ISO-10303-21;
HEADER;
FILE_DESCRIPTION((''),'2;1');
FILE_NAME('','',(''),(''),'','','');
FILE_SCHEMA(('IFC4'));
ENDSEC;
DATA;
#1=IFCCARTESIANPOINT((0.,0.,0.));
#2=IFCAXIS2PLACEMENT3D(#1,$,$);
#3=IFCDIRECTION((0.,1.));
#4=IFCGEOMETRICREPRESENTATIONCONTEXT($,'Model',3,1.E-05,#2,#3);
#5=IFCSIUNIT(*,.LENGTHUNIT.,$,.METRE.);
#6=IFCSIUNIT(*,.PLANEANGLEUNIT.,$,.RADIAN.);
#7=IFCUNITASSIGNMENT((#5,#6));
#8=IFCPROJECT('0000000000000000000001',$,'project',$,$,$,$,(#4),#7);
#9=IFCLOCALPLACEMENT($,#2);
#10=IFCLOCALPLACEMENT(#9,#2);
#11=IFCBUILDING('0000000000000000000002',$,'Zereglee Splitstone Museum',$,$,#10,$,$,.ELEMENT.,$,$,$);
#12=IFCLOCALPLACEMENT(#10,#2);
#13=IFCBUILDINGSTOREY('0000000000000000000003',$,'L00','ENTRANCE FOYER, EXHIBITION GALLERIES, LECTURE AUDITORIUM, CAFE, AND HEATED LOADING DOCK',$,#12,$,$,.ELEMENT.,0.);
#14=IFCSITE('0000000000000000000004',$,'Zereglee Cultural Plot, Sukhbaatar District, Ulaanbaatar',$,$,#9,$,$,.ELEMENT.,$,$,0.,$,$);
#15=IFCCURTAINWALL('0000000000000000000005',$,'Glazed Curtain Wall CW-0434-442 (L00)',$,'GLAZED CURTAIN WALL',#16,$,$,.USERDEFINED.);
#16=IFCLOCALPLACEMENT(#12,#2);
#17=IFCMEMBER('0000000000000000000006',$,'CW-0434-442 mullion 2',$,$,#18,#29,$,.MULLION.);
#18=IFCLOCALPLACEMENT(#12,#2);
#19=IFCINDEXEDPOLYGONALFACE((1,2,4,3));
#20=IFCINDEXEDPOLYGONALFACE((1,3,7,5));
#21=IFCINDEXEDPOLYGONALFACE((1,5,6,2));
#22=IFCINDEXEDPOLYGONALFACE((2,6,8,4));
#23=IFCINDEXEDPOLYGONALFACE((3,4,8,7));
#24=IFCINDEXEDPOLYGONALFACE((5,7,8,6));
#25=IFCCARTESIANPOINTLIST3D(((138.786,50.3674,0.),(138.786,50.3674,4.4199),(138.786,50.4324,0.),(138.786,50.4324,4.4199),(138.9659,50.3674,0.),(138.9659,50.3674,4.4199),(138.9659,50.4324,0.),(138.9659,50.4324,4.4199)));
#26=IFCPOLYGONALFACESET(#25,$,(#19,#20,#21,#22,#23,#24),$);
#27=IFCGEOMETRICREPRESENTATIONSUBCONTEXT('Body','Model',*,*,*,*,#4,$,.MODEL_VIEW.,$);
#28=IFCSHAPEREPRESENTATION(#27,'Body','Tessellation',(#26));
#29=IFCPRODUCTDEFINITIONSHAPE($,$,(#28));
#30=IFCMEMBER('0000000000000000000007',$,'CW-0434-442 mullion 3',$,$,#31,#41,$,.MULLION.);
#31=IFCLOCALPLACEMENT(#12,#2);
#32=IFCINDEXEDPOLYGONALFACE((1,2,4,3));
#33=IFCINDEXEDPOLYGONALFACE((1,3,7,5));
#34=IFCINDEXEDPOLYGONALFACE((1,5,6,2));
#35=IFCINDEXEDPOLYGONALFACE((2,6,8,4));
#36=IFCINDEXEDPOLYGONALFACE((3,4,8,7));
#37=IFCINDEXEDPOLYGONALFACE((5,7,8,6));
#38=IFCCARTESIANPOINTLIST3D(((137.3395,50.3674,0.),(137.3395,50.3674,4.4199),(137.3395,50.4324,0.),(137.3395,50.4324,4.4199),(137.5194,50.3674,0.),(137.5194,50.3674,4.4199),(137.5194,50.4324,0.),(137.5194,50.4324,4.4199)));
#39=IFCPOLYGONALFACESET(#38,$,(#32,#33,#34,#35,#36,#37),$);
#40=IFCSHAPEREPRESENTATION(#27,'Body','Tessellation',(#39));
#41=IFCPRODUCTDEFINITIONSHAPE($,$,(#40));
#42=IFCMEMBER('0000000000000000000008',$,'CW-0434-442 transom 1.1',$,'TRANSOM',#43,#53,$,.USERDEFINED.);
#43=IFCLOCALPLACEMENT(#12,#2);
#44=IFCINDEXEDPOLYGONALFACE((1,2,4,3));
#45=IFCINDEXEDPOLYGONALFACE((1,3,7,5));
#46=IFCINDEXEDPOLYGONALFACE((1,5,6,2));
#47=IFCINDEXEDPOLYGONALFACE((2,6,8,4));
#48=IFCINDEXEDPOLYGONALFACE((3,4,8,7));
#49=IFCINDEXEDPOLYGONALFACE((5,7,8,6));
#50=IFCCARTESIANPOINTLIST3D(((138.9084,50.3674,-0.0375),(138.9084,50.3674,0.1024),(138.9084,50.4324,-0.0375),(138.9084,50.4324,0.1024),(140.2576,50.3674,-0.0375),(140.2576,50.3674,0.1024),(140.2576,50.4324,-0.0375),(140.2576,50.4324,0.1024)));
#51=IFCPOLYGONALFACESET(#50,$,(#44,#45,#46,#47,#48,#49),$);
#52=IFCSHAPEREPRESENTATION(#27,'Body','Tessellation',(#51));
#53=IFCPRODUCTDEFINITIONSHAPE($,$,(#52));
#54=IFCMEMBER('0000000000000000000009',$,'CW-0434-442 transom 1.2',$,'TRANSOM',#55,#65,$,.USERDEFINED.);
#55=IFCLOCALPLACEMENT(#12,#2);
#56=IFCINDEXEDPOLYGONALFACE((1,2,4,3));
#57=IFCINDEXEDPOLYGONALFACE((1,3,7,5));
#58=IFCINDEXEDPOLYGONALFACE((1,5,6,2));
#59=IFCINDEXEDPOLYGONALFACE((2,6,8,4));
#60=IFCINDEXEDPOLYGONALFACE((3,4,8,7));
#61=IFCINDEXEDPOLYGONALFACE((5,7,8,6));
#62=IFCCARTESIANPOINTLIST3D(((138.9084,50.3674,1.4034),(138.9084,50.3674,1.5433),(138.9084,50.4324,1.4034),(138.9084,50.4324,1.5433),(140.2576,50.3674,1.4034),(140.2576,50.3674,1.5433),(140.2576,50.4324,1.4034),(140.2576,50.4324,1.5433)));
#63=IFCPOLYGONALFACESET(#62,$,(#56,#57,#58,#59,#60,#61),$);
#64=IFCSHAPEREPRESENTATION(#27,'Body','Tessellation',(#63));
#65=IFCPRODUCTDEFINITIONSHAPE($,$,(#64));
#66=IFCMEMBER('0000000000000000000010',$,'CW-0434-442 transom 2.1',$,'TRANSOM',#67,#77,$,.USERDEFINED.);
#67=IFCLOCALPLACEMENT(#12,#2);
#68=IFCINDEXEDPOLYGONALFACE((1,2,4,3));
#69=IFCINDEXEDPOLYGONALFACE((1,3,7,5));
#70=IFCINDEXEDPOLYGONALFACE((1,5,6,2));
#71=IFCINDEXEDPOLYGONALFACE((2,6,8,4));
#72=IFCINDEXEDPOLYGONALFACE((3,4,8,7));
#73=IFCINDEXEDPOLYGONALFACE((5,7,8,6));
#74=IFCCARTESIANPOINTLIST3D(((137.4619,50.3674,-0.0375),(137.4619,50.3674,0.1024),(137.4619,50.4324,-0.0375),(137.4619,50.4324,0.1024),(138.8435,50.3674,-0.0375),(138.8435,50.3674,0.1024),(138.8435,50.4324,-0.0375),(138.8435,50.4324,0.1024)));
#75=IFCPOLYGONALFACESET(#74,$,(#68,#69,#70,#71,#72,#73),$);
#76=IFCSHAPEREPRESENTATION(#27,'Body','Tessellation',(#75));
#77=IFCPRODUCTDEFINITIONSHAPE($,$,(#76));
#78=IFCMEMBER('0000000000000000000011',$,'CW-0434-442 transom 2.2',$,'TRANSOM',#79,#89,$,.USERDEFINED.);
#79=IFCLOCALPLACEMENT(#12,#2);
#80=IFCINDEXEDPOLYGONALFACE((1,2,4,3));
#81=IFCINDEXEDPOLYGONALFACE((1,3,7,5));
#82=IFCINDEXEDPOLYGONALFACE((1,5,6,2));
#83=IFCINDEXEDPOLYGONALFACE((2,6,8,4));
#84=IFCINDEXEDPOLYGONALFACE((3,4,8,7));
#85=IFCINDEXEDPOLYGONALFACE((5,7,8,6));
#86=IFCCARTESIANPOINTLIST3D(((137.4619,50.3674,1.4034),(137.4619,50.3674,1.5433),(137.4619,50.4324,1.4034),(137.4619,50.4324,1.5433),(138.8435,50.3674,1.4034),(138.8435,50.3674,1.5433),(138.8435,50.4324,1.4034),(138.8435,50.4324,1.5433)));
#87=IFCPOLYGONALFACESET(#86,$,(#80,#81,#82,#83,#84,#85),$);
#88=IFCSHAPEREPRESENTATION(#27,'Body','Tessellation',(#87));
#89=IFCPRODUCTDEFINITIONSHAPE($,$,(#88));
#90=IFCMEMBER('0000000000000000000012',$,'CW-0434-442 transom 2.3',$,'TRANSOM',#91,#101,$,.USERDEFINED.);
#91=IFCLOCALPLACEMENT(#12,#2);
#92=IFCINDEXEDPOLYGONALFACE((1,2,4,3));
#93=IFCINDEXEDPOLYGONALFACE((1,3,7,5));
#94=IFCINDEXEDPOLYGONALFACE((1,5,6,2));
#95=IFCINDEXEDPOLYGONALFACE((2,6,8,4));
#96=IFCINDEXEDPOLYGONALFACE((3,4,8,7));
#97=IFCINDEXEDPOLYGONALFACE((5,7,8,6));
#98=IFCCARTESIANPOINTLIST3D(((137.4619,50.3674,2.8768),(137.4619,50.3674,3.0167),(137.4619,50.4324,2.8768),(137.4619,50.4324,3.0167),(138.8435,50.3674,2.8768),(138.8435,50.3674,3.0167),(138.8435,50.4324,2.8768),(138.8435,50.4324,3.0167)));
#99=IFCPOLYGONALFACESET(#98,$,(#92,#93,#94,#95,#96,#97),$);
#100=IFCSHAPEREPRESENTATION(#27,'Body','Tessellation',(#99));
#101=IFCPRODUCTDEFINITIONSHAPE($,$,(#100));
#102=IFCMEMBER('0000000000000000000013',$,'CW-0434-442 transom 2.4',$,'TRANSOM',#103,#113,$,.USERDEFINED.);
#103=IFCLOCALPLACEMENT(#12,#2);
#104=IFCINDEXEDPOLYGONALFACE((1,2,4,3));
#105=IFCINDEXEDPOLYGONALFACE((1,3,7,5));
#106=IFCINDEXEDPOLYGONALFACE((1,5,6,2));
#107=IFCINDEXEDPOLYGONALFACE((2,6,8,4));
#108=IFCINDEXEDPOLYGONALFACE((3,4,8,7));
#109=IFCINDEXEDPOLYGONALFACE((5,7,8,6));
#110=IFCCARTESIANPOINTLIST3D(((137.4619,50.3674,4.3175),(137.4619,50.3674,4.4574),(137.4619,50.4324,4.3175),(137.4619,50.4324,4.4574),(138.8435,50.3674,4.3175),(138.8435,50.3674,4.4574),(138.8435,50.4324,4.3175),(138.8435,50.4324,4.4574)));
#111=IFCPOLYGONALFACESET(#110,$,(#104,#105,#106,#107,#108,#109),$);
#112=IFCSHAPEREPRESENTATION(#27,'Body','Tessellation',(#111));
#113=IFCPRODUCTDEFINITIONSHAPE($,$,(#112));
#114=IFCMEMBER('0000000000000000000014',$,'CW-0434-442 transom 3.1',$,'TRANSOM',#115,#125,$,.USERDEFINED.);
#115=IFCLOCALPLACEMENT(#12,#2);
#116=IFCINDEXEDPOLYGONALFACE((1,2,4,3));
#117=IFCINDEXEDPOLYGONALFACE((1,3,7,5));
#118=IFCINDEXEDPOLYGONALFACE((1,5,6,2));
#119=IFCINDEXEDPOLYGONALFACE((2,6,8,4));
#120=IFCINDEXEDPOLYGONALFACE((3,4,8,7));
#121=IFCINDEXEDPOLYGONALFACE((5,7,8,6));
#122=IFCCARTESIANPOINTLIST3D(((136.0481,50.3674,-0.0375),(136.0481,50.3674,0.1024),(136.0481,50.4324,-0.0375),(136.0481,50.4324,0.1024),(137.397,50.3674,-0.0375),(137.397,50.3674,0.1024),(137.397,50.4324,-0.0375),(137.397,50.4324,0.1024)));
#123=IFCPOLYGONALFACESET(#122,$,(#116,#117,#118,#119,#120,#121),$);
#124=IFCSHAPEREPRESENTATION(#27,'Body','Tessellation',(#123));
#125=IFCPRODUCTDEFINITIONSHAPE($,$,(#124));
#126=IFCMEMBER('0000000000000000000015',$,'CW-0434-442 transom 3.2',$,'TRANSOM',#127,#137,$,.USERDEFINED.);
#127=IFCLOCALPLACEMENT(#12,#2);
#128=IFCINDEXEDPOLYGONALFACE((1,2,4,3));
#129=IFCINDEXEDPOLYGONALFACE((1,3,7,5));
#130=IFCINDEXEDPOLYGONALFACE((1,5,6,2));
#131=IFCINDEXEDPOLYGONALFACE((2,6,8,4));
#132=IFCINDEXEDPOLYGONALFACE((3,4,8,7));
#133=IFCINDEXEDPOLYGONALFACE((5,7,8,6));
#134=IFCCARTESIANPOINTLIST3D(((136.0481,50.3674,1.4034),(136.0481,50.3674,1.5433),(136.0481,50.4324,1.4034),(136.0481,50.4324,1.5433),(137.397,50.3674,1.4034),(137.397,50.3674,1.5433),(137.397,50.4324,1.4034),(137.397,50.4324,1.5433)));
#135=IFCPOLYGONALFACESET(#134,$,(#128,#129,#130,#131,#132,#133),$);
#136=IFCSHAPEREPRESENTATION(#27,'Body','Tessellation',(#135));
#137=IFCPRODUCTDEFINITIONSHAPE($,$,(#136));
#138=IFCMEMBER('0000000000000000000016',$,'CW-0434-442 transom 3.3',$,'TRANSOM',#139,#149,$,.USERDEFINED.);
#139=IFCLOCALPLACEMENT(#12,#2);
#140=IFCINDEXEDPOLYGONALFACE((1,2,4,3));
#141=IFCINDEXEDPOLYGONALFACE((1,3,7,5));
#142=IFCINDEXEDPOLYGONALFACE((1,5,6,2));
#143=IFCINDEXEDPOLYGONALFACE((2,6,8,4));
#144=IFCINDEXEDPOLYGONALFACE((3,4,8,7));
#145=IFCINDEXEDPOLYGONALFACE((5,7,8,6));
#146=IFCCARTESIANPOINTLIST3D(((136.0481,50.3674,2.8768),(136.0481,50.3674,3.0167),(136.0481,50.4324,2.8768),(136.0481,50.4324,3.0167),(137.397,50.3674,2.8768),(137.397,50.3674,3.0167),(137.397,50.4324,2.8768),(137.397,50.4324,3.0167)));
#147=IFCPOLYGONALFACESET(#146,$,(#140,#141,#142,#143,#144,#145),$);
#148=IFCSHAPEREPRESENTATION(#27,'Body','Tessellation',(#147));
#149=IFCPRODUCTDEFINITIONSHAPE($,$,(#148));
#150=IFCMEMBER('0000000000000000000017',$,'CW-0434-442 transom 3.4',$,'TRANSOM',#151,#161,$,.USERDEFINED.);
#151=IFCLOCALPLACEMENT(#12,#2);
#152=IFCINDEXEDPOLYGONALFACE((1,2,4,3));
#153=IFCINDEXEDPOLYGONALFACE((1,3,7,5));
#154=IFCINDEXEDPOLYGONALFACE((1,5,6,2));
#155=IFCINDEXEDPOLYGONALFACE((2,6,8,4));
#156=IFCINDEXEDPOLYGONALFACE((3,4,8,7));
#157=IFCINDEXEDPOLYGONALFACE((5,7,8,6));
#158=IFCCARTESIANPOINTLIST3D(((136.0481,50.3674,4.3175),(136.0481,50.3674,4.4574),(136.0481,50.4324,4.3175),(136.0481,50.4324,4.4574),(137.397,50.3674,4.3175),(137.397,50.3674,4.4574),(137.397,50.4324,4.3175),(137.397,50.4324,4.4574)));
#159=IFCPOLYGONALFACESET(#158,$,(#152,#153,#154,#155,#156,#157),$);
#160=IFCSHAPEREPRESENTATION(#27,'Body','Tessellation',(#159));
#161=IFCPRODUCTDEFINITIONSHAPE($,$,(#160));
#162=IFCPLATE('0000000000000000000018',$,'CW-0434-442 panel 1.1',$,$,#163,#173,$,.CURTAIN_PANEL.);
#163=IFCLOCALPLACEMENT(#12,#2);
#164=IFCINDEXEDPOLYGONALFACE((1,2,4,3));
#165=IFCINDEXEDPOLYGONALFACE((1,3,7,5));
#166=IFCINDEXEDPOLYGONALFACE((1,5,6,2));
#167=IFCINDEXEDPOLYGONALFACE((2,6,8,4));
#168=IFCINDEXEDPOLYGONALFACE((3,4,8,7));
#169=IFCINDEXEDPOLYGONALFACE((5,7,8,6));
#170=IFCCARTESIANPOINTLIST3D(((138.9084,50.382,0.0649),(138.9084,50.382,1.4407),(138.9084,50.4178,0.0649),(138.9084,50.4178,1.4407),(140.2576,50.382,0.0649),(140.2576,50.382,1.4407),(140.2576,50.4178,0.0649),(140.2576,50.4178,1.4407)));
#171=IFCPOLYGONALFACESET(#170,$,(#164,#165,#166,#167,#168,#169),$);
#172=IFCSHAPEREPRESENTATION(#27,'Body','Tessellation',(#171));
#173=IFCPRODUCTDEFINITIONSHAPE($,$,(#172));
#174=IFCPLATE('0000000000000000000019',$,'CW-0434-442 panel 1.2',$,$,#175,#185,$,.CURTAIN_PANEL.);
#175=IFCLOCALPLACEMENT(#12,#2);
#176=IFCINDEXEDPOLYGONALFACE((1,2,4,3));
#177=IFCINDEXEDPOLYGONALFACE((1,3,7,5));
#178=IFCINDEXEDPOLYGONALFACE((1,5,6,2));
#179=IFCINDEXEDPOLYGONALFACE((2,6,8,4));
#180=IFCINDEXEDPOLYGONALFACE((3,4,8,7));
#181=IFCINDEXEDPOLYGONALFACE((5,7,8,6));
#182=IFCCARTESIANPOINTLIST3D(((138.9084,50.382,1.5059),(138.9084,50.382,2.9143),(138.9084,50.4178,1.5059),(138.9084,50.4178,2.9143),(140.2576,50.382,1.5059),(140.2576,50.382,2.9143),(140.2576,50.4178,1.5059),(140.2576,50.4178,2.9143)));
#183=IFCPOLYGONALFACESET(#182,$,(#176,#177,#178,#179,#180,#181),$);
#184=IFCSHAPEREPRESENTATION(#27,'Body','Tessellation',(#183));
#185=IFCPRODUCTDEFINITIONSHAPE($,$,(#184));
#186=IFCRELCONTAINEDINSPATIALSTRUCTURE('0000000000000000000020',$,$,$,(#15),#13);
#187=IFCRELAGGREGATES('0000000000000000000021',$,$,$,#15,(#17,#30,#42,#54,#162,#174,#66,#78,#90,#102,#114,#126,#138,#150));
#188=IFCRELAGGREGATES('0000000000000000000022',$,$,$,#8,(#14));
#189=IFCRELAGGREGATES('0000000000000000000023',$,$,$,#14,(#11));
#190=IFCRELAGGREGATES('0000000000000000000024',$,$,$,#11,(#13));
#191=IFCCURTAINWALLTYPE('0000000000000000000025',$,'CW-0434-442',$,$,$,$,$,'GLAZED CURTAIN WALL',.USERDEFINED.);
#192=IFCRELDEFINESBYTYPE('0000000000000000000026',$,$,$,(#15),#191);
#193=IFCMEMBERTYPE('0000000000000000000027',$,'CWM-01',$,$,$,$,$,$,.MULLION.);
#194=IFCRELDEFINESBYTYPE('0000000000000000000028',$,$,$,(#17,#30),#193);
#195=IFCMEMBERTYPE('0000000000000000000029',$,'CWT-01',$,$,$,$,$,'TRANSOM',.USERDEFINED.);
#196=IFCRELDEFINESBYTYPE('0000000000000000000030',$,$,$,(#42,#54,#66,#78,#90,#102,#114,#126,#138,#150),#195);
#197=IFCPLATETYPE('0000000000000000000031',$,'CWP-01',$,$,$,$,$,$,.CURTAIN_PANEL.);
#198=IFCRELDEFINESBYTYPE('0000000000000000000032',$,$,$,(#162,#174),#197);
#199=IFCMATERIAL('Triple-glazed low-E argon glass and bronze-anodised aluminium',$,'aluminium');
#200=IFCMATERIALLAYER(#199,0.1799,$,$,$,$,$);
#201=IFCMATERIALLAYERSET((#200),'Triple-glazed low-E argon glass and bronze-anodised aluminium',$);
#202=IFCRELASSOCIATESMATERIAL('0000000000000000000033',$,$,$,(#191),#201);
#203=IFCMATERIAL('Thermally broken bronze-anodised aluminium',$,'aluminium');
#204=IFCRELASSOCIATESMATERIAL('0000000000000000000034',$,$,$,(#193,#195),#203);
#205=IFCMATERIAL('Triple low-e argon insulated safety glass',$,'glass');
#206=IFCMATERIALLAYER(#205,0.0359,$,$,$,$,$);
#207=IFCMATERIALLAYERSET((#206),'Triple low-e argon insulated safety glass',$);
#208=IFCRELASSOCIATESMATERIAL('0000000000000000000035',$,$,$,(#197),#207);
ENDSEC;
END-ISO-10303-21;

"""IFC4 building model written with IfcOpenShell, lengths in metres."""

from ifc_helpers import new_model, si_unit, direction, frame, origin, origin_2d, place, context, subcontext, project, spatial, rectangle, extrude, material, layer, layer_set, material_profile, profile_set, type_object, element, aggregate, save


model = new_model("IFC4")

# Units and contexts
model_context = context("Model", 3, precision=1e-05, world=origin(), true_north=direction((0.0, 1.0)))
body_context = subcontext(model_context, "Body", "Model", "MODEL_VIEW")
ifc_project = project(units=[si_unit("LENGTHUNIT", "METRE"), si_unit("PLANEANGLEUNIT", "RADIAN")], contexts=[model_context])

# Site, building, storey
site_placement = place(None, origin())
site = spatial("IfcSite", under=ifc_project, at=site_placement, Name="Zereglee Cultural Plot, Sukhbaatar District, Ulaanbaatar", CompositionType="ELEMENT", RefElevation=0.0)
building_placement = place(site_placement, origin())
building = spatial("IfcBuilding", under=site, at=building_placement, Name="Zereglee Splitstone Museum", CompositionType="ELEMENT")
storey_placement = place(building_placement, origin())
storey = spatial("IfcBuildingStorey", under=building, at=storey_placement, Name="L00", Description="ENTRANCE FOYER, EXHIBITION GALLERIES, LECTURE AUDITORIUM, CAFE, AND HEATED LOADING DOCK", CompositionType="ELEMENT", Elevation=0.0)

# Curtain wall, members, plates
ifc_material_1 = material(Name="Triple-glazed low-E argon glass and bronze-anodised aluminium", Category="aluminium")
ifc_layer_1 = layer(ifc_material_1, 0.1799)
ifc_layer_set_1 = layer_set([ifc_layer_1], Name="Triple-glazed low-E argon glass and bronze-anodised aluminium")
curtain_wall_type = type_object("IfcCurtainWallType", Name="CW-0434-442", ElementType="GLAZED CURTAIN WALL", PredefinedType="USERDEFINED", material=ifc_layer_set_1)
curtain_wall_placement = place(storey_placement, origin())
curtain_wall = element("IfcCurtainWall", 1, at=curtain_wall_placement, inside=storey, type_object=curtain_wall_type, Name="Glazed Curtain Wall CW-0434-442 (L00)", ObjectType="GLAZED CURTAIN WALL", PredefinedType="USERDEFINED")
ifc_material_2 = material(Name="Thermally broken bronze-anodised aluminium", Category="aluminium")
ifc_material_profile_1 = material_profile(ifc_material_2, rectangle(XDim=0.0649, YDim=0.1799, at=origin_2d()), Name="CW MULL 65x180")
ifc_profile_set_1 = profile_set([ifc_material_profile_1], Name="Thermally broken bronze-anodised aluminium")
member_type_1 = type_object("IfcMemberType", Name="CWM-01", PredefinedType="MULLION", material=ifc_profile_set_1)
member_1_placement = place(storey_placement, frame((138.876, 50.3999, 0.0), z_axis=(0.0, 0.0, 1.0), x_axis=(0.0, -1.0, 0.0)))
member_1 = element("IfcMember", 2, at=member_1_placement, type_object=member_type_1, Name="CW-0434-442 mullion 2", PredefinedType="MULLION", context=body_context, shape_type="SweptSolid", body=[
    extrude(rectangle(XDim=0.0649, YDim=0.1799, at=origin_2d()), origin(), (0.0, 0.0, 1.0), 4.4199),
])
member_2_placement = place(storey_placement, frame((137.4294, 50.3999, 0.0), z_axis=(0.0, 0.0, 1.0), x_axis=(0.0, -1.0, 0.0)))
member_2 = element("IfcMember", 3, at=member_2_placement, type_object=member_type_1, Name="CW-0434-442 mullion 3", PredefinedType="MULLION", context=body_context, shape_type="SweptSolid", body=[
    extrude(rectangle(XDim=0.0649, YDim=0.1799, at=origin_2d()), origin(), (0.0, 0.0, 1.0), 4.4199),
])
ifc_material_profile_2 = material_profile(ifc_material_2, rectangle(XDim=0.0649, YDim=0.1399, at=origin_2d()), Name="CW TRAN 65x140")
ifc_profile_set_2 = profile_set([ifc_material_profile_2], Name="Thermally broken bronze-anodised aluminium")
member_type_2 = type_object("IfcMemberType", Name="CWT-01", ElementType="TRANSOM", PredefinedType="USERDEFINED", material=ifc_profile_set_2)
member_3_placement = place(storey_placement, frame((140.2576, 50.3999, 0.0325), z_axis=(-1.0, 0.0, 0.0), x_axis=(0.0, -1.0, 0.0)))
member_3 = element("IfcMember", 4, at=member_3_placement, type_object=member_type_2, Name="CW-0434-442 transom 1.1", ObjectType="TRANSOM", PredefinedType="USERDEFINED", context=body_context, shape_type="SweptSolid", body=[
    extrude(rectangle(XDim=0.0649, YDim=0.1399, at=origin_2d()), origin(), (0.0, 0.0, 1.0), 1.3491),
])
member_4_placement = place(storey_placement, frame((140.2576, 50.3999, 1.4734), z_axis=(-1.0, 0.0, 0.0), x_axis=(0.0, -1.0, 0.0)))
member_4 = element("IfcMember", 5, at=member_4_placement, type_object=member_type_2, Name="CW-0434-442 transom 1.2", ObjectType="TRANSOM", PredefinedType="USERDEFINED", context=body_context, shape_type="SweptSolid", body=[
    extrude(rectangle(XDim=0.0649, YDim=0.1399, at=origin_2d()), origin(), (0.0, 0.0, 1.0), 1.3491),
])
member_5_placement = place(storey_placement, frame((138.8435, 50.3999, 0.0325), z_axis=(-1.0, 0.0, 0.0), x_axis=(0.0, -1.0, 0.0)))
member_5 = element("IfcMember", 6, at=member_5_placement, type_object=member_type_2, Name="CW-0434-442 transom 2.1", ObjectType="TRANSOM", PredefinedType="USERDEFINED", context=body_context, shape_type="SweptSolid", body=[
    extrude(rectangle(XDim=0.0649, YDim=0.1399, at=origin_2d()), origin(), (0.0, 0.0, 1.0), 1.3816),
])
member_6_placement = place(storey_placement, frame((138.8435, 50.3999, 1.4734), z_axis=(-1.0, 0.0, 0.0), x_axis=(0.0, -1.0, 0.0)))
member_6 = element("IfcMember", 7, at=member_6_placement, type_object=member_type_2, Name="CW-0434-442 transom 2.2", ObjectType="TRANSOM", PredefinedType="USERDEFINED", context=body_context, shape_type="SweptSolid", body=[
    extrude(rectangle(XDim=0.0649, YDim=0.1399, at=origin_2d()), origin(), (0.0, 0.0, 1.0), 1.3816),
])
member_7_placement = place(storey_placement, frame((138.8435, 50.3999, 2.9468), z_axis=(-1.0, 0.0, 0.0), x_axis=(0.0, -1.0, 0.0)))
member_7 = element("IfcMember", 8, at=member_7_placement, type_object=member_type_2, Name="CW-0434-442 transom 2.3", ObjectType="TRANSOM", PredefinedType="USERDEFINED", context=body_context, shape_type="SweptSolid", body=[
    extrude(rectangle(XDim=0.0649, YDim=0.1399, at=origin_2d()), origin(), (0.0, 0.0, 1.0), 1.3816),
])
member_8_placement = place(storey_placement, frame((138.8435, 50.3999, 4.3875), z_axis=(-1.0, 0.0, 0.0), x_axis=(0.0, -1.0, 0.0)))
member_8 = element("IfcMember", 9, at=member_8_placement, type_object=member_type_2, Name="CW-0434-442 transom 2.4", ObjectType="TRANSOM", PredefinedType="USERDEFINED", context=body_context, shape_type="SweptSolid", body=[
    extrude(rectangle(XDim=0.0649, YDim=0.1399, at=origin_2d()), origin(), (0.0, 0.0, 1.0), 1.3816),
])
member_9_placement = place(storey_placement, frame((137.397, 50.3999, 0.0325), z_axis=(-1.0, 0.0, 0.0), x_axis=(0.0, -1.0, 0.0)))
member_9 = element("IfcMember", 10, at=member_9_placement, type_object=member_type_2, Name="CW-0434-442 transom 3.1", ObjectType="TRANSOM", PredefinedType="USERDEFINED", context=body_context, shape_type="SweptSolid", body=[
    extrude(rectangle(XDim=0.0649, YDim=0.1399, at=origin_2d()), origin(), (0.0, 0.0, 1.0), 1.3489),
])
member_10_placement = place(storey_placement, frame((137.397, 50.3999, 1.4734), z_axis=(-1.0, 0.0, 0.0), x_axis=(0.0, -1.0, 0.0)))
member_10 = element("IfcMember", 11, at=member_10_placement, type_object=member_type_2, Name="CW-0434-442 transom 3.2", ObjectType="TRANSOM", PredefinedType="USERDEFINED", context=body_context, shape_type="SweptSolid", body=[
    extrude(rectangle(XDim=0.0649, YDim=0.1399, at=origin_2d()), origin(), (0.0, 0.0, 1.0), 1.3489),
])
member_11_placement = place(storey_placement, frame((137.397, 50.3999, 2.9468), z_axis=(-1.0, 0.0, 0.0), x_axis=(0.0, -1.0, 0.0)))
member_11 = element("IfcMember", 12, at=member_11_placement, type_object=member_type_2, Name="CW-0434-442 transom 3.3", ObjectType="TRANSOM", PredefinedType="USERDEFINED", context=body_context, shape_type="SweptSolid", body=[
    extrude(rectangle(XDim=0.0649, YDim=0.1399, at=origin_2d()), origin(), (0.0, 0.0, 1.0), 1.3489),
])
member_12_placement = place(storey_placement, frame((137.397, 50.3999, 4.3875), z_axis=(-1.0, 0.0, 0.0), x_axis=(0.0, -1.0, 0.0)))
member_12 = element("IfcMember", 13, at=member_12_placement, type_object=member_type_2, Name="CW-0434-442 transom 3.4", ObjectType="TRANSOM", PredefinedType="USERDEFINED", context=body_context, shape_type="SweptSolid", body=[
    extrude(rectangle(XDim=0.0649, YDim=0.1399, at=origin_2d()), origin(), (0.0, 0.0, 1.0), 1.3489),
])
ifc_material_3 = material(Name="Triple low-e argon insulated safety glass", Category="glass")
ifc_layer_2 = layer(ifc_material_3, 0.0359)
ifc_layer_set_2 = layer_set([ifc_layer_2], Name="Triple low-e argon insulated safety glass")
plate_type = type_object("IfcPlateType", Name="CWP-01", PredefinedType="CURTAIN_PANEL", material=ifc_layer_set_2)
plate_1_placement = place(storey_placement, frame((139.583, 50.3999, 0.0649), z_axis=(0.0, 0.0, 1.0), x_axis=(-1.0, 0.0, 0.0)))
plate_1 = element("IfcPlate", 14, at=plate_1_placement, type_object=plate_type, Name="CW-0434-442 panel 1.1", PredefinedType="CURTAIN_PANEL", context=body_context, shape_type="SweptSolid", body=[
    extrude(rectangle(XDim=1.3491, YDim=0.0359, at=origin_2d()), origin(), (0.0, 0.0, 1.0), 1.3757),
])
plate_2_placement = place(storey_placement, frame((139.583, 50.3999, 1.5059), z_axis=(0.0, 0.0, 1.0), x_axis=(-1.0, 0.0, 0.0)))
plate_2 = element("IfcPlate", 15, at=plate_2_placement, type_object=plate_type, Name="CW-0434-442 panel 1.2", PredefinedType="CURTAIN_PANEL", context=body_context, shape_type="SweptSolid", body=[
    extrude(rectangle(XDim=1.3491, YDim=0.0359, at=origin_2d()), origin(), (0.0, 0.0, 1.0), 1.4084),
])
aggregate(curtain_wall, [member_1, member_2, member_3, member_4, plate_1, plate_2, member_5, member_6, member_7, member_8, member_9, member_10, member_11, member_12])

save(model, "model.ifc")
